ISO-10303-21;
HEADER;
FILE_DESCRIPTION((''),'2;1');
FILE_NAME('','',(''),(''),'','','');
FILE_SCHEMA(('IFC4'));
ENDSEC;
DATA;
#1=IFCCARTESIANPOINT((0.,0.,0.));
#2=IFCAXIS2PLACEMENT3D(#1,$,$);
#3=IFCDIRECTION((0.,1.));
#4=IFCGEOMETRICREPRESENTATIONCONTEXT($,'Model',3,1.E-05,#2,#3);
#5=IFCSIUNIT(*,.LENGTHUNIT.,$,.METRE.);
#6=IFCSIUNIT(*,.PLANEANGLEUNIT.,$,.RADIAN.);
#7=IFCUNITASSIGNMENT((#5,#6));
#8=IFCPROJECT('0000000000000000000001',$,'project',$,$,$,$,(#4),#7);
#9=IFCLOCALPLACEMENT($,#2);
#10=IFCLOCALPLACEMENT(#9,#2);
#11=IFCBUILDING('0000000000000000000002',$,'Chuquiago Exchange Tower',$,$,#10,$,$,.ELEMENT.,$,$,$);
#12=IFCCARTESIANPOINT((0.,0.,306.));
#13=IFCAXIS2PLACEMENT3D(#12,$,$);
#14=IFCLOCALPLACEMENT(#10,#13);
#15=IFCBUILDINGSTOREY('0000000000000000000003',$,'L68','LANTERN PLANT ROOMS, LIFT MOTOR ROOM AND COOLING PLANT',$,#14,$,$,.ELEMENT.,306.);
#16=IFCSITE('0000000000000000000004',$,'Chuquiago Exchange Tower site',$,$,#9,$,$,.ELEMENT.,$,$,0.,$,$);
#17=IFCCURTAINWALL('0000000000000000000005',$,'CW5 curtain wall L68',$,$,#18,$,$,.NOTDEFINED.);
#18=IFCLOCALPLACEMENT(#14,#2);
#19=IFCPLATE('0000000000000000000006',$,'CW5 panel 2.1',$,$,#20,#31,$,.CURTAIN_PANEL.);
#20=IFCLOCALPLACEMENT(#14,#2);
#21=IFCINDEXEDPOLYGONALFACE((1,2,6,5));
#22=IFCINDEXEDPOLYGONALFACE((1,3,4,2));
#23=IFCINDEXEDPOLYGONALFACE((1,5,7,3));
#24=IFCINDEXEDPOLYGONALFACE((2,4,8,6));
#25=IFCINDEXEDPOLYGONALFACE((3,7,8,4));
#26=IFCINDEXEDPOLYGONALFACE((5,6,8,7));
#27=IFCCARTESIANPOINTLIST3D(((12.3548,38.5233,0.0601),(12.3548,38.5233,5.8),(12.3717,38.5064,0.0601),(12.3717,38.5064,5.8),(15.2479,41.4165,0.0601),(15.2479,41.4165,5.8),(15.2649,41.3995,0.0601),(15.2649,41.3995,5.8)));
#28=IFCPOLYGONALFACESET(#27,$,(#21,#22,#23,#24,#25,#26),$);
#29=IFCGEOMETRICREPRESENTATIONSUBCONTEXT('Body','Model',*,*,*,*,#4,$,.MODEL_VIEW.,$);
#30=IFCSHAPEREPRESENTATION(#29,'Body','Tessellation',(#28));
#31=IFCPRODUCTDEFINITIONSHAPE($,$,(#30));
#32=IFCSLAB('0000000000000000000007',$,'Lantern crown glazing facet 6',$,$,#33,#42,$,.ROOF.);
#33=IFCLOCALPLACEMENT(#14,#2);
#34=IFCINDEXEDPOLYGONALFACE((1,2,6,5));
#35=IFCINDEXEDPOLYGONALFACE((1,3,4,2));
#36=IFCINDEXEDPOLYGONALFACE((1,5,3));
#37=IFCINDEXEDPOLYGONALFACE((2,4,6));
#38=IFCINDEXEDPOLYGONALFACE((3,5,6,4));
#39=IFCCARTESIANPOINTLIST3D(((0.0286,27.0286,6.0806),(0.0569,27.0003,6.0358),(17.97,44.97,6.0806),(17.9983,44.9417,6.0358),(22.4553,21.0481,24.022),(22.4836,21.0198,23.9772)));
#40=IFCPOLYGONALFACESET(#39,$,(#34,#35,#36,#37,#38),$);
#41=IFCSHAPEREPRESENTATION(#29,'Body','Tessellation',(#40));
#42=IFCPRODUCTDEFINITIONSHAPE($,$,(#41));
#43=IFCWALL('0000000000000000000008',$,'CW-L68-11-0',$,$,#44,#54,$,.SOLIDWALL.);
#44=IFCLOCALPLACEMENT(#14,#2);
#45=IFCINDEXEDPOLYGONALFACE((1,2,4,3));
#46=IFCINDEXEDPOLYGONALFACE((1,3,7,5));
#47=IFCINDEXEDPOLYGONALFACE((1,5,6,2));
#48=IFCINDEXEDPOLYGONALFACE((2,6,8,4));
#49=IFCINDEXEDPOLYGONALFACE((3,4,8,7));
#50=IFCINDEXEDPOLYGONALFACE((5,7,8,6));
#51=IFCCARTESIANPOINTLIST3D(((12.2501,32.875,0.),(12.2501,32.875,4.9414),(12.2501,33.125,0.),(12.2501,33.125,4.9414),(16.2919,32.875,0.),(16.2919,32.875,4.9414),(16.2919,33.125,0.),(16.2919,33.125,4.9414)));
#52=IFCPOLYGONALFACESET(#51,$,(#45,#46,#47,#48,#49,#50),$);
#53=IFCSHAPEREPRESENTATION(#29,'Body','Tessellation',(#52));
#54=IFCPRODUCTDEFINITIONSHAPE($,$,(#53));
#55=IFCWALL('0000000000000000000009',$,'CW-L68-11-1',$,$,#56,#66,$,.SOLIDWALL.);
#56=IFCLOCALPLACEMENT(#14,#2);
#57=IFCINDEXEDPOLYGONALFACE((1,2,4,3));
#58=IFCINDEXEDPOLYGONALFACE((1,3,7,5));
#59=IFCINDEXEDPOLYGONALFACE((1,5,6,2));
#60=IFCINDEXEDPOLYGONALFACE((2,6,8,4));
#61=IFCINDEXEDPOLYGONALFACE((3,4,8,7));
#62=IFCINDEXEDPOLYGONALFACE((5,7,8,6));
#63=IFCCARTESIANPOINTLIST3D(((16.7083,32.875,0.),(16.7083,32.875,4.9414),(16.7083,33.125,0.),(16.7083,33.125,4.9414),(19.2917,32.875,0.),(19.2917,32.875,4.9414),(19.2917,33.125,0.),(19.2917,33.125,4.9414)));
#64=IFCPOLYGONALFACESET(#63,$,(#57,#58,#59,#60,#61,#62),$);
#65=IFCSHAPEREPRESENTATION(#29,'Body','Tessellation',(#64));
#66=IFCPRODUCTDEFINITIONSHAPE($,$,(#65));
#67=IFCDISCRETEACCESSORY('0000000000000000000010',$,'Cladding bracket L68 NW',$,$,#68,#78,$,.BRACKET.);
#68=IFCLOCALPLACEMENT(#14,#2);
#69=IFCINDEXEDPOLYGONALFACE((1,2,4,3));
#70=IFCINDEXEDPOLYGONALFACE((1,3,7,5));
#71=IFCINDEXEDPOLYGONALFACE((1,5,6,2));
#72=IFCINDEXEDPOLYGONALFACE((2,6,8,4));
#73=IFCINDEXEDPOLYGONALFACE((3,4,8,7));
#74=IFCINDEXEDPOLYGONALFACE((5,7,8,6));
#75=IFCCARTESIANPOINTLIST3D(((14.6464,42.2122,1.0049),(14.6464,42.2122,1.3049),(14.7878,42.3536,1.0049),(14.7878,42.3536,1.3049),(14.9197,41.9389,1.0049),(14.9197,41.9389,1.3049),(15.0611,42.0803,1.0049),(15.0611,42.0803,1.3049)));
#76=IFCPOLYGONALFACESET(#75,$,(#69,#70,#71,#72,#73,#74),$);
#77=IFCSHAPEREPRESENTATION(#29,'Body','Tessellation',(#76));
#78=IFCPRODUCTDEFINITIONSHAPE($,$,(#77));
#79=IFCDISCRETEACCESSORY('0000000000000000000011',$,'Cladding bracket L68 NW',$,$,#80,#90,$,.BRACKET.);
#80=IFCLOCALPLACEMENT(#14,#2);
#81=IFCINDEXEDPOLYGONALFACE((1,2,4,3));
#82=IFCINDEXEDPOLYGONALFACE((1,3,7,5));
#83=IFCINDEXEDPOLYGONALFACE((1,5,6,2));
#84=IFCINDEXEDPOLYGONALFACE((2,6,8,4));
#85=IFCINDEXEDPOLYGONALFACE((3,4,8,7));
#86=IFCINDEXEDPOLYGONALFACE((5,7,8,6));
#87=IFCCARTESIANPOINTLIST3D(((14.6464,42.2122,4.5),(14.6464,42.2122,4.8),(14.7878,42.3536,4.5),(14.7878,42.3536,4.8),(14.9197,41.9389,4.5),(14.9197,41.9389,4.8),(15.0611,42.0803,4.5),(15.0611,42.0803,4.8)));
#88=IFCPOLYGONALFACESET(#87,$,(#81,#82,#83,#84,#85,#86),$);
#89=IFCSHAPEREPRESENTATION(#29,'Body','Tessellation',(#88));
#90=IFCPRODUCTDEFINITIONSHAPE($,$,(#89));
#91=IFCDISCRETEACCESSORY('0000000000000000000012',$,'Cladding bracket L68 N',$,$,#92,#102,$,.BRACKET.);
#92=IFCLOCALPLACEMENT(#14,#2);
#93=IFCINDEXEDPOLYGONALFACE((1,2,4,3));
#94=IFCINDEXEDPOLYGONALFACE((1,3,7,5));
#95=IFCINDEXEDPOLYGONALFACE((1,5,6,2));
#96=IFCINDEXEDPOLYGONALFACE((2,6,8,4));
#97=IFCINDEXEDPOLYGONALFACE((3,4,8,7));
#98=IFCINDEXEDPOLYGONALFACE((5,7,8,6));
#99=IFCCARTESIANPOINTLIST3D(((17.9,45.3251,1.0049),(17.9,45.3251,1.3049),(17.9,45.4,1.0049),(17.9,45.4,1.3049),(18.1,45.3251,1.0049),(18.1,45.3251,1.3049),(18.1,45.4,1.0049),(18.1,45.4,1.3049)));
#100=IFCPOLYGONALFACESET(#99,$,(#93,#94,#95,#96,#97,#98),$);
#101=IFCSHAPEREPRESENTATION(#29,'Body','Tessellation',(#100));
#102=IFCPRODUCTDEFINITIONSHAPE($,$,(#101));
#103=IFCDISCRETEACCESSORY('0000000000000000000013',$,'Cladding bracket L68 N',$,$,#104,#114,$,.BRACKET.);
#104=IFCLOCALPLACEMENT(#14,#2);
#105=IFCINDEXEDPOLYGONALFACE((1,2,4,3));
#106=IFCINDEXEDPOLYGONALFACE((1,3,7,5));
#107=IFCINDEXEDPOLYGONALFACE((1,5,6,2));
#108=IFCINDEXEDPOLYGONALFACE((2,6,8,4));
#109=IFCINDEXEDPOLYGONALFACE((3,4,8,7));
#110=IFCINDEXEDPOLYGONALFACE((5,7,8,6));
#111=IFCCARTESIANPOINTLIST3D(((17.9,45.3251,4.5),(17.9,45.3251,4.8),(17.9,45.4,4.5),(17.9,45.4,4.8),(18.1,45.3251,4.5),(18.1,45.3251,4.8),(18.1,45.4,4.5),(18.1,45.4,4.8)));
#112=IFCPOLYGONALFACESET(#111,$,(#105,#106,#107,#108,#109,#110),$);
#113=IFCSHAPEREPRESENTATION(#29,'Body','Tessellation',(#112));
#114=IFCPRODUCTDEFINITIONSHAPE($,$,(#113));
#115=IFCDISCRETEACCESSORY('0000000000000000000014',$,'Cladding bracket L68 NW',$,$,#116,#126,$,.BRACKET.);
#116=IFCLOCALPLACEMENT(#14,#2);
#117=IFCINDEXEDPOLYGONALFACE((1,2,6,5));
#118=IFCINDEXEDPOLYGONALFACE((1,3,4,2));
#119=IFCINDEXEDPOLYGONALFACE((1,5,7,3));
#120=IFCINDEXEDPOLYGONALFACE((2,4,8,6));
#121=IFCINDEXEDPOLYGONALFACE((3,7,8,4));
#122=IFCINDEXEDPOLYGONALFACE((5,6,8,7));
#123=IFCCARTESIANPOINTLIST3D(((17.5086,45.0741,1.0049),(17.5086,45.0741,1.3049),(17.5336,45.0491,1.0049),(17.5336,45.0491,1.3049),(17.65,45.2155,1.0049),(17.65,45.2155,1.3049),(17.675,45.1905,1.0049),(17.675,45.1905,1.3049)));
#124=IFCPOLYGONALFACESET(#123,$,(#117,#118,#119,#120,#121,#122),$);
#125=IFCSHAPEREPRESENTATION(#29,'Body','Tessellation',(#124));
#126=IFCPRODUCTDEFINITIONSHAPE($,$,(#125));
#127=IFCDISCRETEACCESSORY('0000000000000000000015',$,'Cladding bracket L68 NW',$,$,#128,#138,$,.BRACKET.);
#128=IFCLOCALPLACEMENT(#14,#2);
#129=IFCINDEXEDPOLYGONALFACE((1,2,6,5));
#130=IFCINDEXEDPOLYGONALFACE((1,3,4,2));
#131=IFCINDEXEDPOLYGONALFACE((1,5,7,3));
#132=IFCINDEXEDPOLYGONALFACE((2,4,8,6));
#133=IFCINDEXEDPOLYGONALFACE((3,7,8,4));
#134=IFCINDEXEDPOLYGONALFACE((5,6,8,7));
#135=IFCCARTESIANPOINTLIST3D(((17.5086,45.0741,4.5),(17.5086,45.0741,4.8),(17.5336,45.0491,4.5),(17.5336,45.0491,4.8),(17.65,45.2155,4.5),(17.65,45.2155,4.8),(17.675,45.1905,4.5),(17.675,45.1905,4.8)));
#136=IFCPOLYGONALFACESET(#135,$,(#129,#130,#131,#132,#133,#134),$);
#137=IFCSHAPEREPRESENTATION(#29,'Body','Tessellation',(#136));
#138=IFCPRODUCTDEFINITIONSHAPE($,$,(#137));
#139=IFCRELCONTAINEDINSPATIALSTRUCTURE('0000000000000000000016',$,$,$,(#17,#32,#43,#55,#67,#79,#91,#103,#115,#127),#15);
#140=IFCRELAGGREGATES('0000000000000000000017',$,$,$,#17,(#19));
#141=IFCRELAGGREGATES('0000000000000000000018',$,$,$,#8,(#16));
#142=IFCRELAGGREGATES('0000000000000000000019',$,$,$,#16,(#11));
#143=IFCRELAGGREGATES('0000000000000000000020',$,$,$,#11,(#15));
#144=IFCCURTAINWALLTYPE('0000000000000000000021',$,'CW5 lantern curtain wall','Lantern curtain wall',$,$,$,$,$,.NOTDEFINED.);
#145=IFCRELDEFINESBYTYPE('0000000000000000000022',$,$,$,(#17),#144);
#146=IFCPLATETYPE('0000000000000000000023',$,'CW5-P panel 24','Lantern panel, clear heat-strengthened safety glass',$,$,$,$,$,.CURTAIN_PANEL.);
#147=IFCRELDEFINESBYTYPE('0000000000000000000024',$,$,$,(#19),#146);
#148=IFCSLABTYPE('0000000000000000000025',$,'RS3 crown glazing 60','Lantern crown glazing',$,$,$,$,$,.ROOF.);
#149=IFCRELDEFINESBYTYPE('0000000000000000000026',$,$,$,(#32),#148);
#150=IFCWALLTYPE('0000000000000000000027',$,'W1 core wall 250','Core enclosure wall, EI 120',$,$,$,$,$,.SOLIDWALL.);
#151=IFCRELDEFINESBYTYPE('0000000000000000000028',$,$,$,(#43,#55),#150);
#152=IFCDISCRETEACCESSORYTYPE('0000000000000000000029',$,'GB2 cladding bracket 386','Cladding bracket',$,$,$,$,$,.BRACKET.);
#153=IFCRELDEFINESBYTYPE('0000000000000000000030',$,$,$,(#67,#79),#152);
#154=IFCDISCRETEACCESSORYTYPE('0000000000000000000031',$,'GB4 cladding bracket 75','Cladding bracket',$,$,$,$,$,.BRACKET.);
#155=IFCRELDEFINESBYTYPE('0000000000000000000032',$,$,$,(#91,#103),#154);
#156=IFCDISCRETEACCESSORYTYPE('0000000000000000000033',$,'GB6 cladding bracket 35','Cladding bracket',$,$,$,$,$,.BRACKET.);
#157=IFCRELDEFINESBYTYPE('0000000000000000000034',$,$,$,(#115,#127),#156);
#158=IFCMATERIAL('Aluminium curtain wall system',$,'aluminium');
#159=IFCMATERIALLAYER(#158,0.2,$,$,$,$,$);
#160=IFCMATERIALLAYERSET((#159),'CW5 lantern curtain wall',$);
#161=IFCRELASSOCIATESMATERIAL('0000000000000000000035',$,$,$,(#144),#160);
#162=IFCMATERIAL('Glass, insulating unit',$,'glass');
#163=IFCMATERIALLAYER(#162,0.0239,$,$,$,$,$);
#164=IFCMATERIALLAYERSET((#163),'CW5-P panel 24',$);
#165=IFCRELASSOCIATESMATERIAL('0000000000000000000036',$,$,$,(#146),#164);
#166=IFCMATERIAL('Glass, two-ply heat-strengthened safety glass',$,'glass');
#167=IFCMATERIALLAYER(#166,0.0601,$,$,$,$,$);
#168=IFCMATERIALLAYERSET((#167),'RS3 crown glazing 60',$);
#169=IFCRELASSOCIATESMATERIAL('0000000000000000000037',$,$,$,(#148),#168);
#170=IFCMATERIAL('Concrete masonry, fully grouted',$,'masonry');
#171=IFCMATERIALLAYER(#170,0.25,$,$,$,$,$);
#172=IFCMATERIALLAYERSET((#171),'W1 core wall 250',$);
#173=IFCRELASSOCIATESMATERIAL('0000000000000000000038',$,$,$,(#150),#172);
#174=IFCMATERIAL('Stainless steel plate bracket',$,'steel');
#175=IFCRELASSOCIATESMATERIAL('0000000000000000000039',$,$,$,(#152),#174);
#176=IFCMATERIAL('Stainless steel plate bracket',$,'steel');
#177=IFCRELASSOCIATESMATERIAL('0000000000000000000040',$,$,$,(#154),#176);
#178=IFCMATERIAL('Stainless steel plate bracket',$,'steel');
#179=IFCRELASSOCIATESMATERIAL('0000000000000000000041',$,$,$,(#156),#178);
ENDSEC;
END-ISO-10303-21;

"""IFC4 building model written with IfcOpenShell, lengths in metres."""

from ifc_helpers import new_model, si_unit, direction, frame, frame_2d, origin, origin_2d, place, context, subcontext, project, spatial, polyline, rectangle, outline, extrude, material, layer, layer_set, type_object, element, aggregate, save


model = new_model("IFC4")

# Units and contexts
model_context = context("Model", 3, precision=1e-05, world=origin(), true_north=direction((0.0, 1.0)))
body_context = subcontext(model_context, "Body", "Model", "MODEL_VIEW")
ifc_project = project(units=[si_unit("LENGTHUNIT", "METRE"), si_unit("PLANEANGLEUNIT", "RADIAN")], contexts=[model_context])

# Site, building, storey
site_placement = place(None, origin())
site = spatial("IfcSite", under=ifc_project, at=site_placement, Name="Chuquiago Exchange Tower site", CompositionType="ELEMENT", RefElevation=0.0)
building_placement = place(site_placement, origin())
building = spatial("IfcBuilding", under=site, at=building_placement, Name="Chuquiago Exchange Tower", CompositionType="ELEMENT")
storey_placement = place(building_placement, frame((0.0, 0.0, 306.0)))
storey = spatial("IfcBuildingStorey", under=building, at=storey_placement, Name="L68", Description="LANTERN PLANT ROOMS, LIFT MOTOR ROOM AND COOLING PLANT", CompositionType="ELEMENT", Elevation=306.0)

# Shared definitions
ifc_material_1 = material(Name="Aluminium curtain wall system", Category="aluminium")
ifc_layer_1 = layer(ifc_material_1, 0.2)
ifc_layer_set_1 = layer_set([ifc_layer_1], Name="CW5 lantern curtain wall")
curtain_wall_type = type_object("IfcCurtainWallType", Name="CW5 lantern curtain wall", Description="Lantern curtain wall", PredefinedType="NOTDEFINED", material=ifc_layer_set_1)

# Curtain wall
curtain_wall_1_placement = place(storey_placement, origin())
curtain_wall_1 = element("IfcCurtainWall", 1, at=curtain_wall_1_placement, inside=storey, type_object=curtain_wall_type, Name="CW5 curtain wall L68", PredefinedType="NOTDEFINED")

# Plate
ifc_material_2 = material(Name="Glass, insulating unit", Category="glass")
ifc_layer_2 = layer(ifc_material_2, 0.0239)
ifc_layer_set_2 = layer_set([ifc_layer_2], Name="CW5-P panel 24")
plate_type = type_object("IfcPlateType", Name="CW5-P panel 24", Description="Lantern panel, clear heat-strengthened safety glass", PredefinedType="CURTAIN_PANEL", material=ifc_layer_set_2)
plate_1_placement = place(storey_placement, frame((13.8098, 39.9614, 0.0601), z_axis=(0.0, 0.0, 1.0), x_axis=(-0.707109, -0.707105, 0.0)))
plate_1 = element("IfcPlate", 2, at=plate_1_placement, type_object=plate_type, Name="CW5 panel 2.1", PredefinedType="CURTAIN_PANEL", context=body_context, shape_type="SweptSolid", body=[
    extrude(rectangle(XDim=4.0916, YDim=0.0239, at=origin_2d()), origin(), (0.0, 0.0, 1.0), 5.74),
])
aggregate(curtain_wall_1, [plate_1])

# Slab
ifc_material_3 = material(Name="Glass, two-ply heat-strengthened safety glass", Category="glass")
ifc_layer_3 = layer(ifc_material_3, 0.0601)
ifc_layer_set_3 = layer_set([ifc_layer_3], Name="RS3 crown glazing 60")
slab_type = type_object("IfcSlabType", Name="RS3 crown glazing 60", Description="Lantern crown glazing", PredefinedType="ROOF", material=ifc_layer_set_3)
slab_placement = place(storey_placement, frame((17.97, 44.97, 6.0806), z_axis=(-0.471041, 0.471041, 0.745815), x_axis=(-0.707107, -0.707107, 0.0)))
element("IfcSlab", 3, at=slab_placement, inside=storey, type_object=slab_type, Name="Lantern crown glazing facet 6", PredefinedType="ROOF", context=body_context, shape_type="SweptSolid", body=[
    extrude(outline(polyline([(0.0, 0.0), (25.373, 0.0), (13.7437, 26.9329), (0.0, 0.0)])), origin(), (0.0, 0.0, -1.0), 0.0601),
])

# Walls
ifc_material_4 = material(Name="Concrete masonry, fully grouted", Category="masonry")
ifc_layer_4 = layer(ifc_material_4, 0.25)
ifc_layer_set_4 = layer_set([ifc_layer_4], Name="W1 core wall 250")
wall_type = type_object("IfcWallType", Name="W1 core wall 250", Description="Core enclosure wall, EI 120", PredefinedType="SOLIDWALL", material=ifc_layer_set_4)
wall_1_placement = place(storey_placement, frame((12.25, 33.0, 0.0), z_axis=(0.0, 0.0, 1.0), x_axis=(1.0, 0.0, 0.0)))
element("IfcWall", 4, at=wall_1_placement, inside=storey, type_object=wall_type, Name="CW-L68-11-0", PredefinedType="SOLIDWALL", context=body_context, shape_type="SweptSolid", body=[
    extrude(rectangle(XDim=4.0417, YDim=0.25, at=frame_2d((2.021, 0.0))), origin(), (0.0, 0.0, 1.0), 4.9414),
])
wall_2_placement = place(storey_placement, frame((16.7083, 33.0, 0.0), z_axis=(0.0, 0.0, 1.0), x_axis=(1.0, 0.0, 0.0)))
element("IfcWall", 5, at=wall_2_placement, inside=storey, type_object=wall_type, Name="CW-L68-11-1", PredefinedType="SOLIDWALL", context=body_context, shape_type="SweptSolid", body=[
    extrude(rectangle(XDim=2.5835, YDim=0.25, at=frame_2d((1.2917, 0.0))), origin(), (0.0, 0.0, 1.0), 4.9414),
])

# Discrete accessories
ifc_material_5 = material(Name="Stainless steel plate bracket", Category="steel")
discrete_accessory_type_1 = type_object("IfcDiscreteAccessoryType", Name="GB2 cladding bracket 386", Description="Cladding bracket", PredefinedType="BRACKET", material=ifc_material_5)
for number, where, z_axis, x_axis, name in (
    (6, (14.8538, 42.1462, 1.0049), (0.0, 0.0, 1.0), (-0.707107, -0.707107, 0.0), "Cladding bracket L68 NW"),
    (7, (14.8538, 42.1462, 4.5), (0.0, 0.0, 1.0), (-0.707107, -0.707107, 0.0), "Cladding bracket L68 NW"),
):
    element("IfcDiscreteAccessory", number, at=place(storey_placement, frame(where, z_axis=z_axis, x_axis=x_axis)), inside=storey, type_object=discrete_accessory_type_1, Name=name, PredefinedType="BRACKET", context=body_context, shape_type="SweptSolid", body=[
        extrude(rectangle(XDim=0.2, YDim=0.3865, at=origin_2d()), origin(), (0.0, 0.0, 1.0), 0.3),
    ])
ifc_material_6 = material(Name="Stainless steel plate bracket", Category="steel")
discrete_accessory_type_2 = type_object("IfcDiscreteAccessoryType", Name="GB4 cladding bracket 75", Description="Cladding bracket", PredefinedType="BRACKET", material=ifc_material_6)
for number, where, z_axis, x_axis, name in (
    (8, (18.0, 45.3625, 1.0049), (0.0, 0.0, 1.0), (-1.0, 0.0, 0.0), "Cladding bracket L68 N"),
    (9, (18.0, 45.3625, 4.5), (0.0, 0.0, 1.0), (-1.0, 0.0, 0.0), "Cladding bracket L68 N"),
):
    element("IfcDiscreteAccessory", number, at=place(storey_placement, frame(where, z_axis=z_axis, x_axis=x_axis)), inside=storey, type_object=discrete_accessory_type_2, Name=name, PredefinedType="BRACKET", context=body_context, shape_type="SweptSolid", body=[
        extrude(rectangle(XDim=0.2, YDim=0.075, at=origin_2d()), origin(), (0.0, 0.0, 1.0), 0.3),
    ])
ifc_material_7 = material(Name="Stainless steel plate bracket", Category="steel")
discrete_accessory_type_3 = type_object("IfcDiscreteAccessoryType", Name="GB6 cladding bracket 35", Description="Cladding bracket", PredefinedType="BRACKET", material=ifc_material_7)
for number, where, z_axis, x_axis, name in (
    (10, (17.5918, 45.1323, 1.0049), (0.0, 0.0, 1.0), (-0.707107, -0.707107, 0.0), "Cladding bracket L68 NW"),
    (11, (17.5918, 45.1323, 4.5), (0.0, 0.0, 1.0), (-0.707107, -0.707107, 0.0), "Cladding bracket L68 NW"),
):
    element("IfcDiscreteAccessory", number, at=place(storey_placement, frame(where, z_axis=z_axis, x_axis=x_axis)), inside=storey, type_object=discrete_accessory_type_3, Name=name, PredefinedType="BRACKET", context=body_context, shape_type="SweptSolid", body=[
        extrude(rectangle(XDim=0.2, YDim=0.0354, at=origin_2d()), origin(), (0.0, 0.0, 1.0), 0.3),
    ])

save(model, "model.ifc")
